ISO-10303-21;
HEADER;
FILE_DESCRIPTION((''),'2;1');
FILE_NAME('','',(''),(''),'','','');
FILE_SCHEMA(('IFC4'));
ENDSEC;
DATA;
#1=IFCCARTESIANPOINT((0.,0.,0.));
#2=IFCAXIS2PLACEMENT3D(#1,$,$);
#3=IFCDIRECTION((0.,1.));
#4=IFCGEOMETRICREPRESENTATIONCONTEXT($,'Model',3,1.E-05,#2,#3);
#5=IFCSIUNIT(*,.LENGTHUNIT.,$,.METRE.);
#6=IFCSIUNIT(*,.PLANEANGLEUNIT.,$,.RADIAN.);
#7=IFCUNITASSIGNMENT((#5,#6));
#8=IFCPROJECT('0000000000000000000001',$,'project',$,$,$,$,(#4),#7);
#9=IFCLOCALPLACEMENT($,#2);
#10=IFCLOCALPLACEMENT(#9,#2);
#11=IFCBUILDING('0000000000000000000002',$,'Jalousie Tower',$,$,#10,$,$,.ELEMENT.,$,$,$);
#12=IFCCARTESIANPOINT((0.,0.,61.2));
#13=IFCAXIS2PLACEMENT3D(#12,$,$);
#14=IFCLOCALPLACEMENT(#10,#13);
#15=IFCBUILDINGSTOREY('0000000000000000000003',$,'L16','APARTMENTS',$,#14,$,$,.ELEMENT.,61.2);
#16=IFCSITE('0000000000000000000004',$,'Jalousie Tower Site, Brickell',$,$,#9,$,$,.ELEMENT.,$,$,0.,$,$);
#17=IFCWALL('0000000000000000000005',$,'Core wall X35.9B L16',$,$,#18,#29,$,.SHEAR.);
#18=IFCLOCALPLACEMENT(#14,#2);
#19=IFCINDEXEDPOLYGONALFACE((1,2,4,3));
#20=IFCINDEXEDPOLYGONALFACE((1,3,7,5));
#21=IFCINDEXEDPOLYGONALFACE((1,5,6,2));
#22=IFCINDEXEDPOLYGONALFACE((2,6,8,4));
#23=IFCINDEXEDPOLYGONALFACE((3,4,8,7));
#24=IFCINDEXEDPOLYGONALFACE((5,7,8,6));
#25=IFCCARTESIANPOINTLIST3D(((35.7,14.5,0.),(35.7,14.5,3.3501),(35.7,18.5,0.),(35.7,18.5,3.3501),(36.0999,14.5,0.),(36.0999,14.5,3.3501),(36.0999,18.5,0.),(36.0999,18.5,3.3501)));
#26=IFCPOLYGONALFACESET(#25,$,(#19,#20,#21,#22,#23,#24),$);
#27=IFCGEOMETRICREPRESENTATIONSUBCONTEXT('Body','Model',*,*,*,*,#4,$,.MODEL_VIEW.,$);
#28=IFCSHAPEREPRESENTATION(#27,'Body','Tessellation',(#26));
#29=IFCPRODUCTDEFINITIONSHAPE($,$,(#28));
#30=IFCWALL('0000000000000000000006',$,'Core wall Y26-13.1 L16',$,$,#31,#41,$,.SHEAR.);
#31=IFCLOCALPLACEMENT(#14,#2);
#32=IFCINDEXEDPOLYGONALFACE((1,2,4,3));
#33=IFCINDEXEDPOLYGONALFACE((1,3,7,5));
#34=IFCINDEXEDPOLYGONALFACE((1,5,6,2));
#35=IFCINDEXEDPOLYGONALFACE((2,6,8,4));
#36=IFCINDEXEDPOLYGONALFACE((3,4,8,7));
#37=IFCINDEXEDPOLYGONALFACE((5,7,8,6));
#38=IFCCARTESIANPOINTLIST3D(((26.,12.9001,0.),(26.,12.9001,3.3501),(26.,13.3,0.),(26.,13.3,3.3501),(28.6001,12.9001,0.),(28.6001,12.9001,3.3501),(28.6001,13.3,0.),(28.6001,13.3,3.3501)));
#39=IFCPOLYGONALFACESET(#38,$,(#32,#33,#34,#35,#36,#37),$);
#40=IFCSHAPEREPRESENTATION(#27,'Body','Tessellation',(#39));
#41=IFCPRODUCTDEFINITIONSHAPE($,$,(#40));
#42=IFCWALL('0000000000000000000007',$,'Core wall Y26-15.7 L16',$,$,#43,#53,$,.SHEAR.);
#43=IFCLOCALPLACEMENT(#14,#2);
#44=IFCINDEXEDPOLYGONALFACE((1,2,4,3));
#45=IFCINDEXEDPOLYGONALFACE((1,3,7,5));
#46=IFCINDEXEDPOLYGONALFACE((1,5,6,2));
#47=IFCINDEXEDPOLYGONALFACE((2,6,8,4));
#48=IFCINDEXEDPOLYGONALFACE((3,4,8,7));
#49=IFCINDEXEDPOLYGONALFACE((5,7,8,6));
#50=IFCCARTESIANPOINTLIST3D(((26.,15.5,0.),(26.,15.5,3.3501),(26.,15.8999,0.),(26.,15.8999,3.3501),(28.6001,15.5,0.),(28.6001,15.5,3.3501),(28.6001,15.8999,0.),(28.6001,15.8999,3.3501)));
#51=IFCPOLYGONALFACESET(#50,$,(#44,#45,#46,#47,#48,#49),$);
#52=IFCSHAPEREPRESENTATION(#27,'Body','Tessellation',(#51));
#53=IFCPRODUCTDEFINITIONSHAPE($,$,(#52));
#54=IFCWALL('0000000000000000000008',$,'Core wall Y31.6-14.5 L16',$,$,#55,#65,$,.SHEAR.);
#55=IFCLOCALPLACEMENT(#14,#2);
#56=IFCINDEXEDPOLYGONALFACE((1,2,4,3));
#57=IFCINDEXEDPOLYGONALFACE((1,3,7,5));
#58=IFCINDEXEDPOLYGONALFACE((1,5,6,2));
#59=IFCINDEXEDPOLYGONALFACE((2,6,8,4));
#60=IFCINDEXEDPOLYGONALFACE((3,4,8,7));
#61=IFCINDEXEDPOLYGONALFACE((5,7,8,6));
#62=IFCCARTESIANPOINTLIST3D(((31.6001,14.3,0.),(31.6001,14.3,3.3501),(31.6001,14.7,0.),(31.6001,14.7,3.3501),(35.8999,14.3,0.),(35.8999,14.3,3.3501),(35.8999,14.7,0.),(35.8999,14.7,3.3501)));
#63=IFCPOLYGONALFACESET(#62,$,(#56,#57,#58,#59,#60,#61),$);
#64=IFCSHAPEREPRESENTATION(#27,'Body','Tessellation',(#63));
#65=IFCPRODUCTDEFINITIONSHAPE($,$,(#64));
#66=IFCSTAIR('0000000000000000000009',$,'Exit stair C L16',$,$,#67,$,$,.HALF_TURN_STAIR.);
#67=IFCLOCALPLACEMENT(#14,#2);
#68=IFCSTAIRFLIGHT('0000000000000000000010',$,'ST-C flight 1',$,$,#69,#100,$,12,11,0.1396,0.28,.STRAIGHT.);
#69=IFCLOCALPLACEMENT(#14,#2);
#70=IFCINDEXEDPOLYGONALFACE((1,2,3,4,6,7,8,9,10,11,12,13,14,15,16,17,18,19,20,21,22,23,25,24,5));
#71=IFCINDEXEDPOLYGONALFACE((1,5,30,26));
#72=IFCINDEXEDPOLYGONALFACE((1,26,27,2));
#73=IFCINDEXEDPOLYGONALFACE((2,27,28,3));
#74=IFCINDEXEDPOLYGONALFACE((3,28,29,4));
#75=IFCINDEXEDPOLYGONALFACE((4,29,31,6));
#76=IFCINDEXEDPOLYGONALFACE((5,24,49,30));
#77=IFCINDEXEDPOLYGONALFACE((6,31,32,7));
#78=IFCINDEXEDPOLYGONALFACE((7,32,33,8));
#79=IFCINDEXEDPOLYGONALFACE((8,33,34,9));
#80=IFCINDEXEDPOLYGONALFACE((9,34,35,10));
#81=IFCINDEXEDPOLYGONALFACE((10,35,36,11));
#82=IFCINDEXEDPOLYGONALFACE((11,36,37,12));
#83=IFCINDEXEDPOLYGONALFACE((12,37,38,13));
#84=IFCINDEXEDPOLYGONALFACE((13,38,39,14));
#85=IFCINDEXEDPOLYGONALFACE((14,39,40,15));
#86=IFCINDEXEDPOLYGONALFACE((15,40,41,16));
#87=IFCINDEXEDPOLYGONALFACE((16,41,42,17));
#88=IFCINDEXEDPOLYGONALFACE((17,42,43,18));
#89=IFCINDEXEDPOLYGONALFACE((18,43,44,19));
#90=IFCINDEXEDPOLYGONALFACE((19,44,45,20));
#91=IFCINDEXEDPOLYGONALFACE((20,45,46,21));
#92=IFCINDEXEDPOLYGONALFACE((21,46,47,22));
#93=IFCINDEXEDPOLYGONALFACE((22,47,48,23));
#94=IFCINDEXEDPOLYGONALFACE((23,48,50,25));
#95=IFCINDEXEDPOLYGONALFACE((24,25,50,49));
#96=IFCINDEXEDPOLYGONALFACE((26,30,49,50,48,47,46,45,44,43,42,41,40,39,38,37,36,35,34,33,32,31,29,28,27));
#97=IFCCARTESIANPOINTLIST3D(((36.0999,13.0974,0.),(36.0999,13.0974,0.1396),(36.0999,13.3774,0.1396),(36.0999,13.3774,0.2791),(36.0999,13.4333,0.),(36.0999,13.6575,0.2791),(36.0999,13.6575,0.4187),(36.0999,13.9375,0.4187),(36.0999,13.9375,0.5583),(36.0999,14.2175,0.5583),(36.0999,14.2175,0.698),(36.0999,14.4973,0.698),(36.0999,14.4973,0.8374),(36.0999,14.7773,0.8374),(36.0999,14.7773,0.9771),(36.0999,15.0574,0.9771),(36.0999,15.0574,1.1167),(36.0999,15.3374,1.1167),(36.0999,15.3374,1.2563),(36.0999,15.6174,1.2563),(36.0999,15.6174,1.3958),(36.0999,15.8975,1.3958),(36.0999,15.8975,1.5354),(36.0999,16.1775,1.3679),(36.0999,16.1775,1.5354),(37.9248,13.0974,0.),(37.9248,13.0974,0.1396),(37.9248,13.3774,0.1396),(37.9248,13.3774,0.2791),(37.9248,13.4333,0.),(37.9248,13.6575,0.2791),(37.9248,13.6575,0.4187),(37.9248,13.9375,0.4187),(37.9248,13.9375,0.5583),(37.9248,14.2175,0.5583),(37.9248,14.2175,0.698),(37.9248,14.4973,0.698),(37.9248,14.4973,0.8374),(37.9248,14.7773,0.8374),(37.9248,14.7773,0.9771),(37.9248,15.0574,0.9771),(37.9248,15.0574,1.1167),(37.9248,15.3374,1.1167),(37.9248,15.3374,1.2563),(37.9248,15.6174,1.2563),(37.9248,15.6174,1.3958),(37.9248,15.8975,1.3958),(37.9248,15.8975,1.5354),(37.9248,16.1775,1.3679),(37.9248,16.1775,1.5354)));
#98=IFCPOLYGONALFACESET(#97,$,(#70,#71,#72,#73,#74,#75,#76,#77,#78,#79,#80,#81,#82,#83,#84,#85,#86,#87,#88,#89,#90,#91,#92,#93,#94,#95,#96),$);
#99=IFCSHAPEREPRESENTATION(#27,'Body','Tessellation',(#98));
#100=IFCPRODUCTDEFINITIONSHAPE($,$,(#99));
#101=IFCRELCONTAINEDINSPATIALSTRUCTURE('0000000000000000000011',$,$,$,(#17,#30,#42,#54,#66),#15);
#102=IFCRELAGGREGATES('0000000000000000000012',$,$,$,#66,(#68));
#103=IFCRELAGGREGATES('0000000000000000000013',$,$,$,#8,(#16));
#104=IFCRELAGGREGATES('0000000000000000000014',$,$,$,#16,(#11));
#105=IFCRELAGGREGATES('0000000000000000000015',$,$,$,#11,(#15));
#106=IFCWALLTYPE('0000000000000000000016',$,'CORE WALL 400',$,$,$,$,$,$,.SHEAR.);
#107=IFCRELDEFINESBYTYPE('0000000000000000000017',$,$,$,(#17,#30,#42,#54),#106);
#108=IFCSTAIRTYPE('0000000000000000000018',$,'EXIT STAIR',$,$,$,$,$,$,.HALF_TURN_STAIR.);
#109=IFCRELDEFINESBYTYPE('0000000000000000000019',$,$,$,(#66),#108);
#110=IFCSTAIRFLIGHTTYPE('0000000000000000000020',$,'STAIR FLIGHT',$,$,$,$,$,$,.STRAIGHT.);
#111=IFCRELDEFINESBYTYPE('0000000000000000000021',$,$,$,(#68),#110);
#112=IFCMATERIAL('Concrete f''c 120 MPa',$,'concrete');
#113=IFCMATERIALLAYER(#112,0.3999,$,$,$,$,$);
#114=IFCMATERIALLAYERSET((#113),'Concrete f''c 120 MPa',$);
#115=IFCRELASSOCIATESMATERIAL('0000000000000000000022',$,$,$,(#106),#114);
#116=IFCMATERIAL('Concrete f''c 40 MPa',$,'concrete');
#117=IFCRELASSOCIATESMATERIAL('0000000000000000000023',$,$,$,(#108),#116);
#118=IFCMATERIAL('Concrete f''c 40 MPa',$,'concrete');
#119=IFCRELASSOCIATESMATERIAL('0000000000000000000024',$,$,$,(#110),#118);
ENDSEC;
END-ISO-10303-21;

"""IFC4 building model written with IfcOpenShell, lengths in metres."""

from ifc_helpers import new_model, si_unit, direction, frame, frame_2d, origin, place, context, subcontext, project, spatial, polyline, rectangle, outline, extrude, material, layer, layer_set, type_object, element, aggregate, save


model = new_model("IFC4")

# Units and contexts
model_context = context("Model", 3, precision=1e-05, world=origin(), true_north=direction((0.0, 1.0)))
body_context = subcontext(model_context, "Body", "Model", "MODEL_VIEW")
ifc_project = project(units=[si_unit("LENGTHUNIT", "METRE"), si_unit("PLANEANGLEUNIT", "RADIAN")], contexts=[model_context])

# Site, building, storey
site_placement = place(None, origin())
site = spatial("IfcSite", under=ifc_project, at=site_placement, Name="Jalousie Tower Site, Brickell", CompositionType="ELEMENT", RefElevation=0.0)
building_placement = place(site_placement, origin())
building = spatial("IfcBuilding", under=site, at=building_placement, Name="Jalousie Tower", CompositionType="ELEMENT")
storey_placement = place(building_placement, frame((0.0, 0.0, 61.2)))
storey = spatial("IfcBuildingStorey", under=building, at=storey_placement, Name="L16", Description="APARTMENTS", CompositionType="ELEMENT", Elevation=61.2)

# Shared definitions
ifc_material_1 = material(Name="Concrete f'c 120 MPa", Category="concrete")
ifc_layer = layer(ifc_material_1, 0.3999)
ifc_layer_set = layer_set([ifc_layer], Name="Concrete f'c 120 MPa")
wall_type = type_object("IfcWallType", Name="CORE WALL 400", PredefinedType="SHEAR", material=ifc_layer_set)

# Walls
wall_1_placement = place(storey_placement, frame((35.8999, 14.5, 0.0), z_axis=(0.0, 0.0, 1.0), x_axis=(0.0, 1.0, 0.0)))
element("IfcWall", 1, at=wall_1_placement, inside=storey, type_object=wall_type, Name="Core wall X35.9B L16", PredefinedType="SHEAR", context=body_context, shape_type="SweptSolid", body=[
    extrude(rectangle(XDim=4.0, YDim=0.3999, at=frame_2d((2.0, 0.0))), origin(), (0.0, 0.0, 1.0), 3.3501),
])
for number, where, z_axis, x_axis, name in (
    (2, (26.0, 13.1001, 0.0), (0.0, 0.0, 1.0), (1.0, 0.0, 0.0), "Core wall Y26-13.1 L16"),
    (3, (26.0, 15.7, 0.0), (0.0, 0.0, 1.0), (1.0, 0.0, 0.0), "Core wall Y26-15.7 L16"),
):
    element("IfcWall", number, at=place(storey_placement, frame(where, z_axis=z_axis, x_axis=x_axis)), inside=storey, type_object=wall_type, Name=name, PredefinedType="SHEAR", context=body_context, shape_type="SweptSolid", body=[
        extrude(rectangle(XDim=2.6001, YDim=0.3999, at=frame_2d((1.3, 0.0))), origin(), (0.0, 0.0, 1.0), 3.3501),
    ])
wall_2_placement = place(storey_placement, frame((31.6001, 14.5, 0.0), z_axis=(0.0, 0.0, 1.0), x_axis=(1.0, 0.0, 0.0)))
element("IfcWall", 4, at=wall_2_placement, inside=storey, type_object=wall_type, Name="Core wall Y31.6-14.5 L16", PredefinedType="SHEAR", context=body_context, shape_type="SweptSolid", body=[
    extrude(rectangle(XDim=4.2998, YDim=0.3999, at=frame_2d((2.1499, 0.0))), origin(), (0.0, 0.0, 1.0), 3.3501),
])

# Stair, stair flight
ifc_material_2 = material(Name="Concrete f'c 40 MPa", Category="concrete")
stair_type = type_object("IfcStairType", Name="EXIT STAIR", PredefinedType="HALF_TURN_STAIR", material=ifc_material_2)
stair_placement = place(storey_placement, origin())
stair = element("IfcStair", 5, at=stair_placement, inside=storey, type_object=stair_type, Name="Exit stair C L16", PredefinedType="HALF_TURN_STAIR")
ifc_material_3 = material(Name="Concrete f'c 40 MPa", Category="concrete")
stair_flight_type = type_object("IfcStairFlightType", Name="STAIR FLIGHT", PredefinedType="STRAIGHT", material=ifc_material_3)
stair_flight_placement = place(storey_placement, frame((37.0125, 13.0974, 0.0), z_axis=(0.0, 0.0, 1.0), x_axis=(0.0, 1.0, 0.0)))
stair_flight = element("IfcStairFlight", 6, at=stair_flight_placement, type_object=stair_flight_type, Name="ST-C flight 1", NumberOfRisers=12, NumberOfTreads=11, PredefinedType="STRAIGHT", RiserHeight=0.1396, TreadLength=0.28, context=body_context, shape_type="SweptSolid", body=[
    extrude(outline(polyline([(0.0, 0.0), (0.0, 0.1396), (0.28, 0.1396), (0.28, 0.2791), (0.5601, 0.2791), (0.5601, 0.4187), (0.8401, 0.4187), (0.8401, 0.5583), (1.1201, 0.5583), (1.1201, 0.698), (1.3999, 0.698), (1.3999, 0.8374), (1.6799, 0.8374), (1.6799, 0.9771), (1.96, 0.9771), (1.96, 1.1167), (2.24, 1.1167), (2.24, 1.2563), (2.52, 1.2563), (2.52, 1.3958), (2.8, 1.3958), (2.8, 1.5354), (3.0801, 1.5354), (3.0801, 1.675), (3.0801, 1.3679), (0.3359, 0.0), (0.0, 0.0)])), frame((0.0, 0.9126, 0.0), z_axis=(0.0, -1.0, 0.0), x_axis=(1.0, 0.0, 0.0)), (0.0, 0.0, 1.0), 1.825),
])
aggregate(stair, [stair_flight])

save(model, "model.ifc")
